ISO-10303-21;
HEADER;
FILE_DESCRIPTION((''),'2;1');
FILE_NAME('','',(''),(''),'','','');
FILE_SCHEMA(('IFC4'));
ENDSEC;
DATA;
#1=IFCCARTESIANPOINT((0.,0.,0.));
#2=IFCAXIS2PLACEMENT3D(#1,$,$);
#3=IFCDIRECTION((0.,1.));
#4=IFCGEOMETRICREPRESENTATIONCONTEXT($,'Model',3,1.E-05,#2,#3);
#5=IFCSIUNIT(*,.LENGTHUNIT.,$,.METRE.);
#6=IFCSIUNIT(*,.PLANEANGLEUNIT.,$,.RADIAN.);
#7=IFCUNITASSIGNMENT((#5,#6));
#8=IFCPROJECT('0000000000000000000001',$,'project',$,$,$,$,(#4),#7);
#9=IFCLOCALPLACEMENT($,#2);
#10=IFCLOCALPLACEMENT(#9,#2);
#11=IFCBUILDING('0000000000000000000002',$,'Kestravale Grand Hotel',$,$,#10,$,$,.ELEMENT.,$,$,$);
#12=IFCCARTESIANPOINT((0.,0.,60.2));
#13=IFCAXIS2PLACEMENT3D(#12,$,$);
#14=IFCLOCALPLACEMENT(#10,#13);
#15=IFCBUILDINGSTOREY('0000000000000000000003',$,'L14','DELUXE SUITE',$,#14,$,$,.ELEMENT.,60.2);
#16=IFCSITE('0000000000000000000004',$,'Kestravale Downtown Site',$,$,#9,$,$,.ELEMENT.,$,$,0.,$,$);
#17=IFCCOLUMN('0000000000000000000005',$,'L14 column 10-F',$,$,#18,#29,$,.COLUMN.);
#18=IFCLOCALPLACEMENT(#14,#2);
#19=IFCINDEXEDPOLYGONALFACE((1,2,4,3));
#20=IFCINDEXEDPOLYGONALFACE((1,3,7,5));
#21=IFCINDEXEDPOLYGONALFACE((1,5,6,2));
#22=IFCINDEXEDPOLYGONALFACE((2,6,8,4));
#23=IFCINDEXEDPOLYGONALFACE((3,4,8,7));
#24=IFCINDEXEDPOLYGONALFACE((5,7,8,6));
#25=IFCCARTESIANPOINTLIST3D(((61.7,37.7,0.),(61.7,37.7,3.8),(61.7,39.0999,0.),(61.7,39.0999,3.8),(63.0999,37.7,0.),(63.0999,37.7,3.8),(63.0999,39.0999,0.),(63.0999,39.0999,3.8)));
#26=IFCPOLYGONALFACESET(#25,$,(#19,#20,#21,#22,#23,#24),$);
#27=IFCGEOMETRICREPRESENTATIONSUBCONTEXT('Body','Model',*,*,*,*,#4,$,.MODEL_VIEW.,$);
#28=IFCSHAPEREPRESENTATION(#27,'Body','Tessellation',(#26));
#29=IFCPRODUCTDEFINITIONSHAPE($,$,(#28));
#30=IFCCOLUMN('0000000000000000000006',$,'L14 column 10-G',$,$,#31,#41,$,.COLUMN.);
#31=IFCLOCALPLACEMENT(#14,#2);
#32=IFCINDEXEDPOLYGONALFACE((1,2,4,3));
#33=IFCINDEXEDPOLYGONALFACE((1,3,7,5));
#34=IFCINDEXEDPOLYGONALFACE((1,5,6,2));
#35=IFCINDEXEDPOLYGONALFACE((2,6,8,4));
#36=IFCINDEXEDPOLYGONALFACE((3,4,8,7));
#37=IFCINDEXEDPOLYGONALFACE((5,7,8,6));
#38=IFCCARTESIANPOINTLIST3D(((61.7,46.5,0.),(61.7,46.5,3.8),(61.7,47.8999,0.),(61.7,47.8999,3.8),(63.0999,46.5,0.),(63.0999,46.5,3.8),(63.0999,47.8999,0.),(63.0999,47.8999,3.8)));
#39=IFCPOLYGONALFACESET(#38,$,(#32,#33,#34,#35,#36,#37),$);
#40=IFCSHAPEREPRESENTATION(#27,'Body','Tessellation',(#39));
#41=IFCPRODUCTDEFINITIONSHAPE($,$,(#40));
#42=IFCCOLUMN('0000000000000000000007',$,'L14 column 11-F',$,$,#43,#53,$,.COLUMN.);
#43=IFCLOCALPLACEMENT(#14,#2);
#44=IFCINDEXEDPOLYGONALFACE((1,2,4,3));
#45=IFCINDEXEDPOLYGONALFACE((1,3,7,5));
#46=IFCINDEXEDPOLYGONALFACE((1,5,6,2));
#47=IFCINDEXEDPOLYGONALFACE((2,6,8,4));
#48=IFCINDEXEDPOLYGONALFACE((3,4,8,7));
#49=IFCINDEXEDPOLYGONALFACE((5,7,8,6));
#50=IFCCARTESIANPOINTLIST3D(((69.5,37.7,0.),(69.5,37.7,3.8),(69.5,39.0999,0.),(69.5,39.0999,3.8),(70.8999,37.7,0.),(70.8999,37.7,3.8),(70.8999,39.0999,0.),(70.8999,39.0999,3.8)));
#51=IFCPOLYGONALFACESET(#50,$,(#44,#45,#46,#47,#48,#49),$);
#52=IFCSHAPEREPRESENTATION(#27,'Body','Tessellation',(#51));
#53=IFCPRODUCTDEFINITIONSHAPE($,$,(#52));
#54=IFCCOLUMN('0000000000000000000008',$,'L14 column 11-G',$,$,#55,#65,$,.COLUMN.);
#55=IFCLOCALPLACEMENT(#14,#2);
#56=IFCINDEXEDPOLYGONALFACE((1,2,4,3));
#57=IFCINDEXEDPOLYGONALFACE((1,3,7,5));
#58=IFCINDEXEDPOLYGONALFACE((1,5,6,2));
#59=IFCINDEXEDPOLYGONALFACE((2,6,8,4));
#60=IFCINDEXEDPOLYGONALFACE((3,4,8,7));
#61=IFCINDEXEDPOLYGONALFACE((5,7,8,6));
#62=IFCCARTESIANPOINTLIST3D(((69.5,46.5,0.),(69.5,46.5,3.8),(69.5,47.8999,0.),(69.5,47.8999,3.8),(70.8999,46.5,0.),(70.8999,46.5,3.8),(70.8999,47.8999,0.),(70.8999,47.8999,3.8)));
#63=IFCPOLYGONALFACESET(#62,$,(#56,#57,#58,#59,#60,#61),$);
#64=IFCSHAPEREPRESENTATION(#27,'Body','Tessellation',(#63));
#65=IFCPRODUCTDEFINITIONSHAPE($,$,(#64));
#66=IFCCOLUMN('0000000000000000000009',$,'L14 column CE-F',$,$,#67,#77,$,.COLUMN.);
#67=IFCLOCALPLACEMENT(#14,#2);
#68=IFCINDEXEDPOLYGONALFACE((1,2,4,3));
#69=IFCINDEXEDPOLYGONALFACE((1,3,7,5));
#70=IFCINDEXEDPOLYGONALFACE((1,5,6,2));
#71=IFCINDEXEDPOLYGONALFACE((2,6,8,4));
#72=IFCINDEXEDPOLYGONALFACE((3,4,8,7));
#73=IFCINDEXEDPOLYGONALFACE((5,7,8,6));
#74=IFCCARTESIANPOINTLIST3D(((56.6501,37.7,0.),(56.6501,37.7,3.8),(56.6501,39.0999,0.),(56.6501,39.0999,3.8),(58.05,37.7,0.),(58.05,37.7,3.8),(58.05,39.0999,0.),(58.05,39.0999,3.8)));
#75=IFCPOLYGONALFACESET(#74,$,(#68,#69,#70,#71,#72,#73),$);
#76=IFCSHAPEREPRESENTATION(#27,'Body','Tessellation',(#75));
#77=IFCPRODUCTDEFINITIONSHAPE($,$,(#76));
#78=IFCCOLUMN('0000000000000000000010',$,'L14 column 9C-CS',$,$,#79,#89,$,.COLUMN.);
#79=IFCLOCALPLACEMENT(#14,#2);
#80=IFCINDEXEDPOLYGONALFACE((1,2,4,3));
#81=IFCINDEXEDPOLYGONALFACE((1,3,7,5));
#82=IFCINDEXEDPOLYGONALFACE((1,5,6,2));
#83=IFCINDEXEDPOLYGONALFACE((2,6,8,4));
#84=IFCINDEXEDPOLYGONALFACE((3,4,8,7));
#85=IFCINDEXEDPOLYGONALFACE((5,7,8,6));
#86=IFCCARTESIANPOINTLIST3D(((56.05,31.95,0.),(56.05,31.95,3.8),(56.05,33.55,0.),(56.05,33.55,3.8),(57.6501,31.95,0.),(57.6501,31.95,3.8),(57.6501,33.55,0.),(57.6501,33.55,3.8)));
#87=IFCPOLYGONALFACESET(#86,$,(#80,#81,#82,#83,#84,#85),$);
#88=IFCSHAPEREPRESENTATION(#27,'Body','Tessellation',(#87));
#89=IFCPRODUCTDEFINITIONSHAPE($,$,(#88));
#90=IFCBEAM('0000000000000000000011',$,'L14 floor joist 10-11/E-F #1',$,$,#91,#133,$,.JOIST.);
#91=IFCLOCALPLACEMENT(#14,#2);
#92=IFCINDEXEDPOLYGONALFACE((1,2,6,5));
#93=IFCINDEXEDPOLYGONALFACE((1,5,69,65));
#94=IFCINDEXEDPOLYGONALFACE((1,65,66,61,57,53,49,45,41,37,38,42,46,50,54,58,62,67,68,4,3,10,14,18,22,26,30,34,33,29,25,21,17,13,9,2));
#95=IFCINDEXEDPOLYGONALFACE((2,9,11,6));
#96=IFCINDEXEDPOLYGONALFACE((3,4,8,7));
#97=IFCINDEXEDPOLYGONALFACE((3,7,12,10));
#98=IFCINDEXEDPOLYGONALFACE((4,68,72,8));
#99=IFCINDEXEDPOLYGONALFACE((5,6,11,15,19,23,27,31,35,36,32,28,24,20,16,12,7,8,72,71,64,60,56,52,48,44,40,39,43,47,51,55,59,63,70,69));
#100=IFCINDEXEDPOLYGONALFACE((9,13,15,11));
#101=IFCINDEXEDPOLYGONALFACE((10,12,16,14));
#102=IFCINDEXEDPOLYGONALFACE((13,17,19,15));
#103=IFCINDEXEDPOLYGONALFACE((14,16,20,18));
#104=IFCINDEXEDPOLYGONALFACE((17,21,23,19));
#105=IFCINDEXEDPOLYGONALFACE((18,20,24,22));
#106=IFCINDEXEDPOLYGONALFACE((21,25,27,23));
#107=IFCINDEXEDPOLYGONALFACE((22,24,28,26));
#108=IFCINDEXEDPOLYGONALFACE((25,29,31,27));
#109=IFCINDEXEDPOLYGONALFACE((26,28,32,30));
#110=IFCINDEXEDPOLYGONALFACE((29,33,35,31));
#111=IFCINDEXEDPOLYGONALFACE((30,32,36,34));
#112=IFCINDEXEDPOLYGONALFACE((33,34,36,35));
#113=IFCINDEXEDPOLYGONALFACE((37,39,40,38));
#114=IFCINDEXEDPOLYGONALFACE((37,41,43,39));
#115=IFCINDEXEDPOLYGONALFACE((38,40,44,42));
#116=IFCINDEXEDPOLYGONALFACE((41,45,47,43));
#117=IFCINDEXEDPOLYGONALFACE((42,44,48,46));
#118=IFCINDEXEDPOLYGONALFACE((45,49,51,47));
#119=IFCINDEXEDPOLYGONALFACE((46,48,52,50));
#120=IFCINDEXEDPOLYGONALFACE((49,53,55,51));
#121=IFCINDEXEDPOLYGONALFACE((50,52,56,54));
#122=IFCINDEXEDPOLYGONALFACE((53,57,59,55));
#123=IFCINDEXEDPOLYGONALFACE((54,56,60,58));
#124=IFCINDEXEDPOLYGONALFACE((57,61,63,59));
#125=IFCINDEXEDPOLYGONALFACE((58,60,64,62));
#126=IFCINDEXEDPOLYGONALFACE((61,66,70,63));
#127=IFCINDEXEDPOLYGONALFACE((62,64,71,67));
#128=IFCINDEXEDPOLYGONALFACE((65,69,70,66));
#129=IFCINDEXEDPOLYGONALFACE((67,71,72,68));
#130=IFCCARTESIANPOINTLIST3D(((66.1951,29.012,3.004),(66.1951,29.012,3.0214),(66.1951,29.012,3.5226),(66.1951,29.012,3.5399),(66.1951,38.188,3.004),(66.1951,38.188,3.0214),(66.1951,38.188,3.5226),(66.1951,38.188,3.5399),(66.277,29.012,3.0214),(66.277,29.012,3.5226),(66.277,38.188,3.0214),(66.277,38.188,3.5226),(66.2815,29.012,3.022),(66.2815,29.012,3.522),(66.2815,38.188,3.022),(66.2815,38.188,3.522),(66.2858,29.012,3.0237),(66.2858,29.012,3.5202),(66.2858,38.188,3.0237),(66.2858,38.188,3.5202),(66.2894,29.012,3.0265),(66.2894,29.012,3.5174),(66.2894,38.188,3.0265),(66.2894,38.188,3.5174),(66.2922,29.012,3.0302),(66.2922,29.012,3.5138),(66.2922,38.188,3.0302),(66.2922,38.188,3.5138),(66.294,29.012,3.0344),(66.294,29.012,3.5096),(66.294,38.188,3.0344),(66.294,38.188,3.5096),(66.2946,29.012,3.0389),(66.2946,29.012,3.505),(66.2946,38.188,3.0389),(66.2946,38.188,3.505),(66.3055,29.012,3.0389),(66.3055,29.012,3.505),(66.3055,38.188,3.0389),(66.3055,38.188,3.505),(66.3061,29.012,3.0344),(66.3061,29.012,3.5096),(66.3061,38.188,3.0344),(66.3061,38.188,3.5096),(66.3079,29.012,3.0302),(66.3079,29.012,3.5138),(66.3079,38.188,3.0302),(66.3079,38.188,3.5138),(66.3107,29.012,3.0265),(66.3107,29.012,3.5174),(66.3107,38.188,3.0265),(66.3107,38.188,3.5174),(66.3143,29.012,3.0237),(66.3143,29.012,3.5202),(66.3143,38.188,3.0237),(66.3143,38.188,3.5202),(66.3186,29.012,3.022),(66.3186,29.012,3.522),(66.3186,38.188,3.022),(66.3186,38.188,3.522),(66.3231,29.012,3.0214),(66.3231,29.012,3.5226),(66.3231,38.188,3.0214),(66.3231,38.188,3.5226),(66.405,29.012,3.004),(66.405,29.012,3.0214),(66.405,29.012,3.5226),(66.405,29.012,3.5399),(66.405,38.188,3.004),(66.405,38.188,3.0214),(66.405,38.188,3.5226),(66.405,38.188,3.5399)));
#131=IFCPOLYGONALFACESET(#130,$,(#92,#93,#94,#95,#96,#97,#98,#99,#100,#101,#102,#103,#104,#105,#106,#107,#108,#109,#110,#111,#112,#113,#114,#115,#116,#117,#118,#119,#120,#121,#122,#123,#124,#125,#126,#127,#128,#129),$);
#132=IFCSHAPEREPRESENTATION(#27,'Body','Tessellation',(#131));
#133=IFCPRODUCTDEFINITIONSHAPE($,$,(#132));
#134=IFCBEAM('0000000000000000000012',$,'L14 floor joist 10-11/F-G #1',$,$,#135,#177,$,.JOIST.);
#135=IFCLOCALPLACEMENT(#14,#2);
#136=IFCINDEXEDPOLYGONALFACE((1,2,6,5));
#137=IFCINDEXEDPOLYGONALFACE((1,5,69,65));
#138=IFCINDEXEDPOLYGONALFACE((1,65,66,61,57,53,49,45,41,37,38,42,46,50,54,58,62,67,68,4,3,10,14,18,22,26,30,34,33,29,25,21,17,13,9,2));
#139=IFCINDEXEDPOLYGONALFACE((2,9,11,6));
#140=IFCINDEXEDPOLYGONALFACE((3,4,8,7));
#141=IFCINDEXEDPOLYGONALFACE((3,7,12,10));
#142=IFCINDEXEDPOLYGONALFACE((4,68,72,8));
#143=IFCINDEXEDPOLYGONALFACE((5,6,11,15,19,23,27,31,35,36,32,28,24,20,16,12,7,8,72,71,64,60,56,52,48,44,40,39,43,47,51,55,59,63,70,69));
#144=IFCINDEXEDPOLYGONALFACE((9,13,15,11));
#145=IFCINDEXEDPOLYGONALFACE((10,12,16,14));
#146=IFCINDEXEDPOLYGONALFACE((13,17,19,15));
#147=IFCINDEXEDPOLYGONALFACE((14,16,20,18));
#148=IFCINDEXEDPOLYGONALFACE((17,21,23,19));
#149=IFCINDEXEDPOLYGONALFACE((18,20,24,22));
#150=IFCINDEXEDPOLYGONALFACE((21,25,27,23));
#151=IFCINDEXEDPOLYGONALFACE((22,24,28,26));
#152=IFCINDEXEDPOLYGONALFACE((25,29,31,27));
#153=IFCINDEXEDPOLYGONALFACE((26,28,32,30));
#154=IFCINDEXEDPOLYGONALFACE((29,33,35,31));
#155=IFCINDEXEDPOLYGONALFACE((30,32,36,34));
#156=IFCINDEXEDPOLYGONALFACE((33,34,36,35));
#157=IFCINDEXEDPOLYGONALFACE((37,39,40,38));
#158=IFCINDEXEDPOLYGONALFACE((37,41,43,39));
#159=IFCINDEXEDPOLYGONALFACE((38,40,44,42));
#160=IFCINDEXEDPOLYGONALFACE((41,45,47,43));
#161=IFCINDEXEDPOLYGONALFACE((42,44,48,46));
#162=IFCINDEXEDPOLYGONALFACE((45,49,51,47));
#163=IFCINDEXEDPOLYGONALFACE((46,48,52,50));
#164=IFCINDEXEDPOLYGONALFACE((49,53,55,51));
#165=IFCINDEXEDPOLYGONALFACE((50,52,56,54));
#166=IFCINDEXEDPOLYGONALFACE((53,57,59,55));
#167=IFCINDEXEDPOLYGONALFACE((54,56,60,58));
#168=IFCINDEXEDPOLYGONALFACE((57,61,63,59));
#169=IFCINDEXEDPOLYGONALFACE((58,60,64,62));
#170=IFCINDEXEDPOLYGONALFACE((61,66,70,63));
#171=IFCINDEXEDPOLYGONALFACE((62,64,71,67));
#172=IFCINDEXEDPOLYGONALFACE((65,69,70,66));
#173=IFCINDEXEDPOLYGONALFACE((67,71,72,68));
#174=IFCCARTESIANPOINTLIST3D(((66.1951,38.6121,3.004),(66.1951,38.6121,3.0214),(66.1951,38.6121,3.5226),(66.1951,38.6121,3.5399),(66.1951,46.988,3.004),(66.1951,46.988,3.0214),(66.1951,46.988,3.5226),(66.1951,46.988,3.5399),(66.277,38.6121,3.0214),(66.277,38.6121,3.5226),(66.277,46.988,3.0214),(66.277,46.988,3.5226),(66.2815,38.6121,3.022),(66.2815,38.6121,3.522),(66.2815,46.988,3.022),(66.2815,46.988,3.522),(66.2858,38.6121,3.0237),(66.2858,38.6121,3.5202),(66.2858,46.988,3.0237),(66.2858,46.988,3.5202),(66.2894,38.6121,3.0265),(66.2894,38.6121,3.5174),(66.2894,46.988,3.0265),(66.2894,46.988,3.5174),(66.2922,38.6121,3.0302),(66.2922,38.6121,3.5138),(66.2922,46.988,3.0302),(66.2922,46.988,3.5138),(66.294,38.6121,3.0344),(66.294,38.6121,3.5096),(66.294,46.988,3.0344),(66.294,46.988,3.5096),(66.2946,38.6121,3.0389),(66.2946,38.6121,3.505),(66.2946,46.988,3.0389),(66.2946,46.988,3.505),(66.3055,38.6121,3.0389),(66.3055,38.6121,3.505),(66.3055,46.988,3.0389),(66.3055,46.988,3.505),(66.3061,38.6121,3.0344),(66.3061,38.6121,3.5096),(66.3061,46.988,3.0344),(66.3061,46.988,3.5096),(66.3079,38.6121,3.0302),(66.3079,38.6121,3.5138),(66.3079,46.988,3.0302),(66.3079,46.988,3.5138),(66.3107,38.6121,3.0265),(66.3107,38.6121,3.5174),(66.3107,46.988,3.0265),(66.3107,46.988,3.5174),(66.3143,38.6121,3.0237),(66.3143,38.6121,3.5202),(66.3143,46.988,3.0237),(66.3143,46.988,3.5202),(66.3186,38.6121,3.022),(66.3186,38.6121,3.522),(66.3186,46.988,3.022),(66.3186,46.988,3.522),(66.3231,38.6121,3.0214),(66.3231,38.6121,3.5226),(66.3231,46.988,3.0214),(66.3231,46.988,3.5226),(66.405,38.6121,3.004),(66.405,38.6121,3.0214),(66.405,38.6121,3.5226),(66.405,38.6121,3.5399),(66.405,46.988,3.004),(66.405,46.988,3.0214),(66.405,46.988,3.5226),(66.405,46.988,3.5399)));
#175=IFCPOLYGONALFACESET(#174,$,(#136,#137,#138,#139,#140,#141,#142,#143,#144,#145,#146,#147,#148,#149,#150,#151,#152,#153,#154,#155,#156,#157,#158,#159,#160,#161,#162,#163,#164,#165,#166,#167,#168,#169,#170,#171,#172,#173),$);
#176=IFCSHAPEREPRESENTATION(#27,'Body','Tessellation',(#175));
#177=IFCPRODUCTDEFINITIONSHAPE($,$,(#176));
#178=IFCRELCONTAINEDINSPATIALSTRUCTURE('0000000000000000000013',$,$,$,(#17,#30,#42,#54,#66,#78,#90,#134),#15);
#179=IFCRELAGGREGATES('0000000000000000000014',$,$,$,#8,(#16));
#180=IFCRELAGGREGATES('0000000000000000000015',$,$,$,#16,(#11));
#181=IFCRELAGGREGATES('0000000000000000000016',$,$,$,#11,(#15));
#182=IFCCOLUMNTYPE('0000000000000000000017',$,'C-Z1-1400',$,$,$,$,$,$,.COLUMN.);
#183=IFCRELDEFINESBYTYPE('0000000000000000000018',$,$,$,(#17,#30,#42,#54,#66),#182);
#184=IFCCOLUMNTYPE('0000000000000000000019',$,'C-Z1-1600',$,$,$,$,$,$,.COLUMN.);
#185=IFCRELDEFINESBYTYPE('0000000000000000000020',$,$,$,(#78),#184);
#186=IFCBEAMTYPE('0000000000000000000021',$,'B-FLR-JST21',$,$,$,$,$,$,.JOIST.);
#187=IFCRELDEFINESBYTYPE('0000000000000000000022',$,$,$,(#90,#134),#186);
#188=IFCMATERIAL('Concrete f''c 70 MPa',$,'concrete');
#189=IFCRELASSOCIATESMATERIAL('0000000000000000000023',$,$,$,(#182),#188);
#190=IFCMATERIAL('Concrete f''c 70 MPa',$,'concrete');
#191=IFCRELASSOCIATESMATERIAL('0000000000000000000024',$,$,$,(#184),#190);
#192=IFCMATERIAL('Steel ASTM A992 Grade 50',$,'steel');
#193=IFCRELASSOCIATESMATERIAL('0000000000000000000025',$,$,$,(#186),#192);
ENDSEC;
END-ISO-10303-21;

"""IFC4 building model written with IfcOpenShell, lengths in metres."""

from ifc_helpers import new_model, si_unit, direction, frame, origin, origin_2d, place, context, subcontext, project, spatial, rectangle, i_section, extrude, material, material_profile, profile_set, type_object, element, save


model = new_model("IFC4")

# Units and contexts
model_context = context("Model", 3, precision=1e-05, world=origin(), true_north=direction((0.0, 1.0)))
body_context = subcontext(model_context, "Body", "Model", "MODEL_VIEW")
ifc_project = project(units=[si_unit("LENGTHUNIT", "METRE"), si_unit("PLANEANGLEUNIT", "RADIAN")], contexts=[model_context])

# Site, building, storey
site_placement = place(None, origin())
site = spatial("IfcSite", under=ifc_project, at=site_placement, Name="Kestravale Downtown Site", CompositionType="ELEMENT", RefElevation=0.0)
building_placement = place(site_placement, origin())
building = spatial("IfcBuilding", under=site, at=building_placement, Name="Kestravale Grand Hotel", CompositionType="ELEMENT")
storey_placement = place(building_placement, frame((0.0, 0.0, 60.2)))
storey = spatial("IfcBuildingStorey", under=building, at=storey_placement, Name="L14", Description="DELUXE SUITE", CompositionType="ELEMENT", Elevation=60.2)

# Columns
ifc_material_1 = material(Name="Concrete f'c 70 MPa", Category="concrete")
ifc_material_profile_1 = material_profile(ifc_material_1, rectangle(XDim=1.3999, YDim=1.3999, at=origin_2d()))
ifc_profile_set_1 = profile_set([ifc_material_profile_1], Name="Concrete f'c 70 MPa")
column_type_1 = type_object("IfcColumnType", Name="C-Z1-1400", PredefinedType="COLUMN", material=ifc_profile_set_1)
for number, where, z_axis, x_axis, name in (
    (1, (62.3999, 38.3999, 0.0), (0.0, 0.0, 1.0), (1.0, 0.0, 0.0), "L14 column 10-F"),
    (2, (62.3999, 47.2, 0.0), (0.0, 0.0, 1.0), (1.0, 0.0, 0.0), "L14 column 10-G"),
    (3, (70.2, 38.3999, 0.0), (0.0, 0.0, 1.0), (1.0, 0.0, 0.0), "L14 column 11-F"),
    (4, (70.2, 47.2, 0.0), (0.0, 0.0, 1.0), (1.0, 0.0, 0.0), "L14 column 11-G"),
    (5, (57.3501, 38.3999, 0.0), (0.0, 0.0, 1.0), (1.0, 0.0, 0.0), "L14 column CE-F"),
):
    element("IfcColumn", number, at=place(storey_placement, frame(where, z_axis=z_axis, x_axis=x_axis)), inside=storey, type_object=column_type_1, Name=name, PredefinedType="COLUMN", context=body_context, shape_type="SweptSolid", body=[
        extrude(rectangle(XDim=1.3999, YDim=1.3999, at=origin_2d()), origin(), (0.0, 0.0, 1.0), 3.8),
    ])
ifc_material_2 = material(Name="Concrete f'c 70 MPa", Category="concrete")
ifc_material_profile_2 = material_profile(ifc_material_2, rectangle(XDim=1.6001, YDim=1.6001, at=origin_2d()))
ifc_profile_set_2 = profile_set([ifc_material_profile_2], Name="Concrete f'c 70 MPa")
column_type_2 = type_object("IfcColumnType", Name="C-Z1-1600", PredefinedType="COLUMN", material=ifc_profile_set_2)
column_placement = place(storey_placement, frame((56.8501, 32.75, 0.0), z_axis=(0.0, 0.0, 1.0), x_axis=(1.0, 0.0, 0.0)))
element("IfcColumn", 6, at=column_placement, inside=storey, type_object=column_type_2, Name="L14 column 9C-CS", PredefinedType="COLUMN", context=body_context, shape_type="SweptSolid", body=[
    extrude(rectangle(XDim=1.6001, YDim=1.6001, at=origin_2d()), origin(), (0.0, 0.0, 1.0), 3.8),
])

# Beams
ifc_material_3 = material(Name="Steel ASTM A992 Grade 50", Category="steel")
ifc_material_profile_3 = material_profile(ifc_material_3, i_section(OverallWidth=0.21, OverallDepth=0.5359, WebThickness=0.011, FlangeThickness=0.0173, FilletRadius=0.0176, at=origin_2d()))
ifc_profile_set_3 = profile_set([ifc_material_profile_3], Name="Steel ASTM A992 Grade 50")
beam_type_1 = type_object("IfcBeamType", Name="B-FLR-JST21", PredefinedType="JOIST", material=ifc_profile_set_3)
beam_1_placement = place(storey_placement, frame((66.3, 29.012, 3.272), z_axis=(0.0, 1.0, 0.0), x_axis=(-1.0, 0.0, 0.0)))
element("IfcBeam", 7, at=beam_1_placement, inside=storey, type_object=beam_type_1, Name="L14 floor joist 10-11/E-F #1", PredefinedType="JOIST", context=body_context, shape_type="SweptSolid", body=[
    extrude(i_section(OverallWidth=0.21, OverallDepth=0.5359, WebThickness=0.011, FlangeThickness=0.0173, FilletRadius=0.0176, at=origin_2d()), origin(), (0.0, 0.0, 1.0), 9.176),
])
beam_2_placement = place(storey_placement, frame((66.3, 38.6121, 3.272), z_axis=(0.0, 1.0, 0.0), x_axis=(-1.0, 0.0, 0.0)))
element("IfcBeam", 8, at=beam_2_placement, inside=storey, type_object=beam_type_1, Name="L14 floor joist 10-11/F-G #1", PredefinedType="JOIST", context=body_context, shape_type="SweptSolid", body=[
    extrude(i_section(OverallWidth=0.21, OverallDepth=0.5359, WebThickness=0.011, FlangeThickness=0.0173, FilletRadius=0.0176, at=origin_2d()), origin(), (0.0, 0.0, 1.0), 8.376),
])

save(model, "model.ifc")
